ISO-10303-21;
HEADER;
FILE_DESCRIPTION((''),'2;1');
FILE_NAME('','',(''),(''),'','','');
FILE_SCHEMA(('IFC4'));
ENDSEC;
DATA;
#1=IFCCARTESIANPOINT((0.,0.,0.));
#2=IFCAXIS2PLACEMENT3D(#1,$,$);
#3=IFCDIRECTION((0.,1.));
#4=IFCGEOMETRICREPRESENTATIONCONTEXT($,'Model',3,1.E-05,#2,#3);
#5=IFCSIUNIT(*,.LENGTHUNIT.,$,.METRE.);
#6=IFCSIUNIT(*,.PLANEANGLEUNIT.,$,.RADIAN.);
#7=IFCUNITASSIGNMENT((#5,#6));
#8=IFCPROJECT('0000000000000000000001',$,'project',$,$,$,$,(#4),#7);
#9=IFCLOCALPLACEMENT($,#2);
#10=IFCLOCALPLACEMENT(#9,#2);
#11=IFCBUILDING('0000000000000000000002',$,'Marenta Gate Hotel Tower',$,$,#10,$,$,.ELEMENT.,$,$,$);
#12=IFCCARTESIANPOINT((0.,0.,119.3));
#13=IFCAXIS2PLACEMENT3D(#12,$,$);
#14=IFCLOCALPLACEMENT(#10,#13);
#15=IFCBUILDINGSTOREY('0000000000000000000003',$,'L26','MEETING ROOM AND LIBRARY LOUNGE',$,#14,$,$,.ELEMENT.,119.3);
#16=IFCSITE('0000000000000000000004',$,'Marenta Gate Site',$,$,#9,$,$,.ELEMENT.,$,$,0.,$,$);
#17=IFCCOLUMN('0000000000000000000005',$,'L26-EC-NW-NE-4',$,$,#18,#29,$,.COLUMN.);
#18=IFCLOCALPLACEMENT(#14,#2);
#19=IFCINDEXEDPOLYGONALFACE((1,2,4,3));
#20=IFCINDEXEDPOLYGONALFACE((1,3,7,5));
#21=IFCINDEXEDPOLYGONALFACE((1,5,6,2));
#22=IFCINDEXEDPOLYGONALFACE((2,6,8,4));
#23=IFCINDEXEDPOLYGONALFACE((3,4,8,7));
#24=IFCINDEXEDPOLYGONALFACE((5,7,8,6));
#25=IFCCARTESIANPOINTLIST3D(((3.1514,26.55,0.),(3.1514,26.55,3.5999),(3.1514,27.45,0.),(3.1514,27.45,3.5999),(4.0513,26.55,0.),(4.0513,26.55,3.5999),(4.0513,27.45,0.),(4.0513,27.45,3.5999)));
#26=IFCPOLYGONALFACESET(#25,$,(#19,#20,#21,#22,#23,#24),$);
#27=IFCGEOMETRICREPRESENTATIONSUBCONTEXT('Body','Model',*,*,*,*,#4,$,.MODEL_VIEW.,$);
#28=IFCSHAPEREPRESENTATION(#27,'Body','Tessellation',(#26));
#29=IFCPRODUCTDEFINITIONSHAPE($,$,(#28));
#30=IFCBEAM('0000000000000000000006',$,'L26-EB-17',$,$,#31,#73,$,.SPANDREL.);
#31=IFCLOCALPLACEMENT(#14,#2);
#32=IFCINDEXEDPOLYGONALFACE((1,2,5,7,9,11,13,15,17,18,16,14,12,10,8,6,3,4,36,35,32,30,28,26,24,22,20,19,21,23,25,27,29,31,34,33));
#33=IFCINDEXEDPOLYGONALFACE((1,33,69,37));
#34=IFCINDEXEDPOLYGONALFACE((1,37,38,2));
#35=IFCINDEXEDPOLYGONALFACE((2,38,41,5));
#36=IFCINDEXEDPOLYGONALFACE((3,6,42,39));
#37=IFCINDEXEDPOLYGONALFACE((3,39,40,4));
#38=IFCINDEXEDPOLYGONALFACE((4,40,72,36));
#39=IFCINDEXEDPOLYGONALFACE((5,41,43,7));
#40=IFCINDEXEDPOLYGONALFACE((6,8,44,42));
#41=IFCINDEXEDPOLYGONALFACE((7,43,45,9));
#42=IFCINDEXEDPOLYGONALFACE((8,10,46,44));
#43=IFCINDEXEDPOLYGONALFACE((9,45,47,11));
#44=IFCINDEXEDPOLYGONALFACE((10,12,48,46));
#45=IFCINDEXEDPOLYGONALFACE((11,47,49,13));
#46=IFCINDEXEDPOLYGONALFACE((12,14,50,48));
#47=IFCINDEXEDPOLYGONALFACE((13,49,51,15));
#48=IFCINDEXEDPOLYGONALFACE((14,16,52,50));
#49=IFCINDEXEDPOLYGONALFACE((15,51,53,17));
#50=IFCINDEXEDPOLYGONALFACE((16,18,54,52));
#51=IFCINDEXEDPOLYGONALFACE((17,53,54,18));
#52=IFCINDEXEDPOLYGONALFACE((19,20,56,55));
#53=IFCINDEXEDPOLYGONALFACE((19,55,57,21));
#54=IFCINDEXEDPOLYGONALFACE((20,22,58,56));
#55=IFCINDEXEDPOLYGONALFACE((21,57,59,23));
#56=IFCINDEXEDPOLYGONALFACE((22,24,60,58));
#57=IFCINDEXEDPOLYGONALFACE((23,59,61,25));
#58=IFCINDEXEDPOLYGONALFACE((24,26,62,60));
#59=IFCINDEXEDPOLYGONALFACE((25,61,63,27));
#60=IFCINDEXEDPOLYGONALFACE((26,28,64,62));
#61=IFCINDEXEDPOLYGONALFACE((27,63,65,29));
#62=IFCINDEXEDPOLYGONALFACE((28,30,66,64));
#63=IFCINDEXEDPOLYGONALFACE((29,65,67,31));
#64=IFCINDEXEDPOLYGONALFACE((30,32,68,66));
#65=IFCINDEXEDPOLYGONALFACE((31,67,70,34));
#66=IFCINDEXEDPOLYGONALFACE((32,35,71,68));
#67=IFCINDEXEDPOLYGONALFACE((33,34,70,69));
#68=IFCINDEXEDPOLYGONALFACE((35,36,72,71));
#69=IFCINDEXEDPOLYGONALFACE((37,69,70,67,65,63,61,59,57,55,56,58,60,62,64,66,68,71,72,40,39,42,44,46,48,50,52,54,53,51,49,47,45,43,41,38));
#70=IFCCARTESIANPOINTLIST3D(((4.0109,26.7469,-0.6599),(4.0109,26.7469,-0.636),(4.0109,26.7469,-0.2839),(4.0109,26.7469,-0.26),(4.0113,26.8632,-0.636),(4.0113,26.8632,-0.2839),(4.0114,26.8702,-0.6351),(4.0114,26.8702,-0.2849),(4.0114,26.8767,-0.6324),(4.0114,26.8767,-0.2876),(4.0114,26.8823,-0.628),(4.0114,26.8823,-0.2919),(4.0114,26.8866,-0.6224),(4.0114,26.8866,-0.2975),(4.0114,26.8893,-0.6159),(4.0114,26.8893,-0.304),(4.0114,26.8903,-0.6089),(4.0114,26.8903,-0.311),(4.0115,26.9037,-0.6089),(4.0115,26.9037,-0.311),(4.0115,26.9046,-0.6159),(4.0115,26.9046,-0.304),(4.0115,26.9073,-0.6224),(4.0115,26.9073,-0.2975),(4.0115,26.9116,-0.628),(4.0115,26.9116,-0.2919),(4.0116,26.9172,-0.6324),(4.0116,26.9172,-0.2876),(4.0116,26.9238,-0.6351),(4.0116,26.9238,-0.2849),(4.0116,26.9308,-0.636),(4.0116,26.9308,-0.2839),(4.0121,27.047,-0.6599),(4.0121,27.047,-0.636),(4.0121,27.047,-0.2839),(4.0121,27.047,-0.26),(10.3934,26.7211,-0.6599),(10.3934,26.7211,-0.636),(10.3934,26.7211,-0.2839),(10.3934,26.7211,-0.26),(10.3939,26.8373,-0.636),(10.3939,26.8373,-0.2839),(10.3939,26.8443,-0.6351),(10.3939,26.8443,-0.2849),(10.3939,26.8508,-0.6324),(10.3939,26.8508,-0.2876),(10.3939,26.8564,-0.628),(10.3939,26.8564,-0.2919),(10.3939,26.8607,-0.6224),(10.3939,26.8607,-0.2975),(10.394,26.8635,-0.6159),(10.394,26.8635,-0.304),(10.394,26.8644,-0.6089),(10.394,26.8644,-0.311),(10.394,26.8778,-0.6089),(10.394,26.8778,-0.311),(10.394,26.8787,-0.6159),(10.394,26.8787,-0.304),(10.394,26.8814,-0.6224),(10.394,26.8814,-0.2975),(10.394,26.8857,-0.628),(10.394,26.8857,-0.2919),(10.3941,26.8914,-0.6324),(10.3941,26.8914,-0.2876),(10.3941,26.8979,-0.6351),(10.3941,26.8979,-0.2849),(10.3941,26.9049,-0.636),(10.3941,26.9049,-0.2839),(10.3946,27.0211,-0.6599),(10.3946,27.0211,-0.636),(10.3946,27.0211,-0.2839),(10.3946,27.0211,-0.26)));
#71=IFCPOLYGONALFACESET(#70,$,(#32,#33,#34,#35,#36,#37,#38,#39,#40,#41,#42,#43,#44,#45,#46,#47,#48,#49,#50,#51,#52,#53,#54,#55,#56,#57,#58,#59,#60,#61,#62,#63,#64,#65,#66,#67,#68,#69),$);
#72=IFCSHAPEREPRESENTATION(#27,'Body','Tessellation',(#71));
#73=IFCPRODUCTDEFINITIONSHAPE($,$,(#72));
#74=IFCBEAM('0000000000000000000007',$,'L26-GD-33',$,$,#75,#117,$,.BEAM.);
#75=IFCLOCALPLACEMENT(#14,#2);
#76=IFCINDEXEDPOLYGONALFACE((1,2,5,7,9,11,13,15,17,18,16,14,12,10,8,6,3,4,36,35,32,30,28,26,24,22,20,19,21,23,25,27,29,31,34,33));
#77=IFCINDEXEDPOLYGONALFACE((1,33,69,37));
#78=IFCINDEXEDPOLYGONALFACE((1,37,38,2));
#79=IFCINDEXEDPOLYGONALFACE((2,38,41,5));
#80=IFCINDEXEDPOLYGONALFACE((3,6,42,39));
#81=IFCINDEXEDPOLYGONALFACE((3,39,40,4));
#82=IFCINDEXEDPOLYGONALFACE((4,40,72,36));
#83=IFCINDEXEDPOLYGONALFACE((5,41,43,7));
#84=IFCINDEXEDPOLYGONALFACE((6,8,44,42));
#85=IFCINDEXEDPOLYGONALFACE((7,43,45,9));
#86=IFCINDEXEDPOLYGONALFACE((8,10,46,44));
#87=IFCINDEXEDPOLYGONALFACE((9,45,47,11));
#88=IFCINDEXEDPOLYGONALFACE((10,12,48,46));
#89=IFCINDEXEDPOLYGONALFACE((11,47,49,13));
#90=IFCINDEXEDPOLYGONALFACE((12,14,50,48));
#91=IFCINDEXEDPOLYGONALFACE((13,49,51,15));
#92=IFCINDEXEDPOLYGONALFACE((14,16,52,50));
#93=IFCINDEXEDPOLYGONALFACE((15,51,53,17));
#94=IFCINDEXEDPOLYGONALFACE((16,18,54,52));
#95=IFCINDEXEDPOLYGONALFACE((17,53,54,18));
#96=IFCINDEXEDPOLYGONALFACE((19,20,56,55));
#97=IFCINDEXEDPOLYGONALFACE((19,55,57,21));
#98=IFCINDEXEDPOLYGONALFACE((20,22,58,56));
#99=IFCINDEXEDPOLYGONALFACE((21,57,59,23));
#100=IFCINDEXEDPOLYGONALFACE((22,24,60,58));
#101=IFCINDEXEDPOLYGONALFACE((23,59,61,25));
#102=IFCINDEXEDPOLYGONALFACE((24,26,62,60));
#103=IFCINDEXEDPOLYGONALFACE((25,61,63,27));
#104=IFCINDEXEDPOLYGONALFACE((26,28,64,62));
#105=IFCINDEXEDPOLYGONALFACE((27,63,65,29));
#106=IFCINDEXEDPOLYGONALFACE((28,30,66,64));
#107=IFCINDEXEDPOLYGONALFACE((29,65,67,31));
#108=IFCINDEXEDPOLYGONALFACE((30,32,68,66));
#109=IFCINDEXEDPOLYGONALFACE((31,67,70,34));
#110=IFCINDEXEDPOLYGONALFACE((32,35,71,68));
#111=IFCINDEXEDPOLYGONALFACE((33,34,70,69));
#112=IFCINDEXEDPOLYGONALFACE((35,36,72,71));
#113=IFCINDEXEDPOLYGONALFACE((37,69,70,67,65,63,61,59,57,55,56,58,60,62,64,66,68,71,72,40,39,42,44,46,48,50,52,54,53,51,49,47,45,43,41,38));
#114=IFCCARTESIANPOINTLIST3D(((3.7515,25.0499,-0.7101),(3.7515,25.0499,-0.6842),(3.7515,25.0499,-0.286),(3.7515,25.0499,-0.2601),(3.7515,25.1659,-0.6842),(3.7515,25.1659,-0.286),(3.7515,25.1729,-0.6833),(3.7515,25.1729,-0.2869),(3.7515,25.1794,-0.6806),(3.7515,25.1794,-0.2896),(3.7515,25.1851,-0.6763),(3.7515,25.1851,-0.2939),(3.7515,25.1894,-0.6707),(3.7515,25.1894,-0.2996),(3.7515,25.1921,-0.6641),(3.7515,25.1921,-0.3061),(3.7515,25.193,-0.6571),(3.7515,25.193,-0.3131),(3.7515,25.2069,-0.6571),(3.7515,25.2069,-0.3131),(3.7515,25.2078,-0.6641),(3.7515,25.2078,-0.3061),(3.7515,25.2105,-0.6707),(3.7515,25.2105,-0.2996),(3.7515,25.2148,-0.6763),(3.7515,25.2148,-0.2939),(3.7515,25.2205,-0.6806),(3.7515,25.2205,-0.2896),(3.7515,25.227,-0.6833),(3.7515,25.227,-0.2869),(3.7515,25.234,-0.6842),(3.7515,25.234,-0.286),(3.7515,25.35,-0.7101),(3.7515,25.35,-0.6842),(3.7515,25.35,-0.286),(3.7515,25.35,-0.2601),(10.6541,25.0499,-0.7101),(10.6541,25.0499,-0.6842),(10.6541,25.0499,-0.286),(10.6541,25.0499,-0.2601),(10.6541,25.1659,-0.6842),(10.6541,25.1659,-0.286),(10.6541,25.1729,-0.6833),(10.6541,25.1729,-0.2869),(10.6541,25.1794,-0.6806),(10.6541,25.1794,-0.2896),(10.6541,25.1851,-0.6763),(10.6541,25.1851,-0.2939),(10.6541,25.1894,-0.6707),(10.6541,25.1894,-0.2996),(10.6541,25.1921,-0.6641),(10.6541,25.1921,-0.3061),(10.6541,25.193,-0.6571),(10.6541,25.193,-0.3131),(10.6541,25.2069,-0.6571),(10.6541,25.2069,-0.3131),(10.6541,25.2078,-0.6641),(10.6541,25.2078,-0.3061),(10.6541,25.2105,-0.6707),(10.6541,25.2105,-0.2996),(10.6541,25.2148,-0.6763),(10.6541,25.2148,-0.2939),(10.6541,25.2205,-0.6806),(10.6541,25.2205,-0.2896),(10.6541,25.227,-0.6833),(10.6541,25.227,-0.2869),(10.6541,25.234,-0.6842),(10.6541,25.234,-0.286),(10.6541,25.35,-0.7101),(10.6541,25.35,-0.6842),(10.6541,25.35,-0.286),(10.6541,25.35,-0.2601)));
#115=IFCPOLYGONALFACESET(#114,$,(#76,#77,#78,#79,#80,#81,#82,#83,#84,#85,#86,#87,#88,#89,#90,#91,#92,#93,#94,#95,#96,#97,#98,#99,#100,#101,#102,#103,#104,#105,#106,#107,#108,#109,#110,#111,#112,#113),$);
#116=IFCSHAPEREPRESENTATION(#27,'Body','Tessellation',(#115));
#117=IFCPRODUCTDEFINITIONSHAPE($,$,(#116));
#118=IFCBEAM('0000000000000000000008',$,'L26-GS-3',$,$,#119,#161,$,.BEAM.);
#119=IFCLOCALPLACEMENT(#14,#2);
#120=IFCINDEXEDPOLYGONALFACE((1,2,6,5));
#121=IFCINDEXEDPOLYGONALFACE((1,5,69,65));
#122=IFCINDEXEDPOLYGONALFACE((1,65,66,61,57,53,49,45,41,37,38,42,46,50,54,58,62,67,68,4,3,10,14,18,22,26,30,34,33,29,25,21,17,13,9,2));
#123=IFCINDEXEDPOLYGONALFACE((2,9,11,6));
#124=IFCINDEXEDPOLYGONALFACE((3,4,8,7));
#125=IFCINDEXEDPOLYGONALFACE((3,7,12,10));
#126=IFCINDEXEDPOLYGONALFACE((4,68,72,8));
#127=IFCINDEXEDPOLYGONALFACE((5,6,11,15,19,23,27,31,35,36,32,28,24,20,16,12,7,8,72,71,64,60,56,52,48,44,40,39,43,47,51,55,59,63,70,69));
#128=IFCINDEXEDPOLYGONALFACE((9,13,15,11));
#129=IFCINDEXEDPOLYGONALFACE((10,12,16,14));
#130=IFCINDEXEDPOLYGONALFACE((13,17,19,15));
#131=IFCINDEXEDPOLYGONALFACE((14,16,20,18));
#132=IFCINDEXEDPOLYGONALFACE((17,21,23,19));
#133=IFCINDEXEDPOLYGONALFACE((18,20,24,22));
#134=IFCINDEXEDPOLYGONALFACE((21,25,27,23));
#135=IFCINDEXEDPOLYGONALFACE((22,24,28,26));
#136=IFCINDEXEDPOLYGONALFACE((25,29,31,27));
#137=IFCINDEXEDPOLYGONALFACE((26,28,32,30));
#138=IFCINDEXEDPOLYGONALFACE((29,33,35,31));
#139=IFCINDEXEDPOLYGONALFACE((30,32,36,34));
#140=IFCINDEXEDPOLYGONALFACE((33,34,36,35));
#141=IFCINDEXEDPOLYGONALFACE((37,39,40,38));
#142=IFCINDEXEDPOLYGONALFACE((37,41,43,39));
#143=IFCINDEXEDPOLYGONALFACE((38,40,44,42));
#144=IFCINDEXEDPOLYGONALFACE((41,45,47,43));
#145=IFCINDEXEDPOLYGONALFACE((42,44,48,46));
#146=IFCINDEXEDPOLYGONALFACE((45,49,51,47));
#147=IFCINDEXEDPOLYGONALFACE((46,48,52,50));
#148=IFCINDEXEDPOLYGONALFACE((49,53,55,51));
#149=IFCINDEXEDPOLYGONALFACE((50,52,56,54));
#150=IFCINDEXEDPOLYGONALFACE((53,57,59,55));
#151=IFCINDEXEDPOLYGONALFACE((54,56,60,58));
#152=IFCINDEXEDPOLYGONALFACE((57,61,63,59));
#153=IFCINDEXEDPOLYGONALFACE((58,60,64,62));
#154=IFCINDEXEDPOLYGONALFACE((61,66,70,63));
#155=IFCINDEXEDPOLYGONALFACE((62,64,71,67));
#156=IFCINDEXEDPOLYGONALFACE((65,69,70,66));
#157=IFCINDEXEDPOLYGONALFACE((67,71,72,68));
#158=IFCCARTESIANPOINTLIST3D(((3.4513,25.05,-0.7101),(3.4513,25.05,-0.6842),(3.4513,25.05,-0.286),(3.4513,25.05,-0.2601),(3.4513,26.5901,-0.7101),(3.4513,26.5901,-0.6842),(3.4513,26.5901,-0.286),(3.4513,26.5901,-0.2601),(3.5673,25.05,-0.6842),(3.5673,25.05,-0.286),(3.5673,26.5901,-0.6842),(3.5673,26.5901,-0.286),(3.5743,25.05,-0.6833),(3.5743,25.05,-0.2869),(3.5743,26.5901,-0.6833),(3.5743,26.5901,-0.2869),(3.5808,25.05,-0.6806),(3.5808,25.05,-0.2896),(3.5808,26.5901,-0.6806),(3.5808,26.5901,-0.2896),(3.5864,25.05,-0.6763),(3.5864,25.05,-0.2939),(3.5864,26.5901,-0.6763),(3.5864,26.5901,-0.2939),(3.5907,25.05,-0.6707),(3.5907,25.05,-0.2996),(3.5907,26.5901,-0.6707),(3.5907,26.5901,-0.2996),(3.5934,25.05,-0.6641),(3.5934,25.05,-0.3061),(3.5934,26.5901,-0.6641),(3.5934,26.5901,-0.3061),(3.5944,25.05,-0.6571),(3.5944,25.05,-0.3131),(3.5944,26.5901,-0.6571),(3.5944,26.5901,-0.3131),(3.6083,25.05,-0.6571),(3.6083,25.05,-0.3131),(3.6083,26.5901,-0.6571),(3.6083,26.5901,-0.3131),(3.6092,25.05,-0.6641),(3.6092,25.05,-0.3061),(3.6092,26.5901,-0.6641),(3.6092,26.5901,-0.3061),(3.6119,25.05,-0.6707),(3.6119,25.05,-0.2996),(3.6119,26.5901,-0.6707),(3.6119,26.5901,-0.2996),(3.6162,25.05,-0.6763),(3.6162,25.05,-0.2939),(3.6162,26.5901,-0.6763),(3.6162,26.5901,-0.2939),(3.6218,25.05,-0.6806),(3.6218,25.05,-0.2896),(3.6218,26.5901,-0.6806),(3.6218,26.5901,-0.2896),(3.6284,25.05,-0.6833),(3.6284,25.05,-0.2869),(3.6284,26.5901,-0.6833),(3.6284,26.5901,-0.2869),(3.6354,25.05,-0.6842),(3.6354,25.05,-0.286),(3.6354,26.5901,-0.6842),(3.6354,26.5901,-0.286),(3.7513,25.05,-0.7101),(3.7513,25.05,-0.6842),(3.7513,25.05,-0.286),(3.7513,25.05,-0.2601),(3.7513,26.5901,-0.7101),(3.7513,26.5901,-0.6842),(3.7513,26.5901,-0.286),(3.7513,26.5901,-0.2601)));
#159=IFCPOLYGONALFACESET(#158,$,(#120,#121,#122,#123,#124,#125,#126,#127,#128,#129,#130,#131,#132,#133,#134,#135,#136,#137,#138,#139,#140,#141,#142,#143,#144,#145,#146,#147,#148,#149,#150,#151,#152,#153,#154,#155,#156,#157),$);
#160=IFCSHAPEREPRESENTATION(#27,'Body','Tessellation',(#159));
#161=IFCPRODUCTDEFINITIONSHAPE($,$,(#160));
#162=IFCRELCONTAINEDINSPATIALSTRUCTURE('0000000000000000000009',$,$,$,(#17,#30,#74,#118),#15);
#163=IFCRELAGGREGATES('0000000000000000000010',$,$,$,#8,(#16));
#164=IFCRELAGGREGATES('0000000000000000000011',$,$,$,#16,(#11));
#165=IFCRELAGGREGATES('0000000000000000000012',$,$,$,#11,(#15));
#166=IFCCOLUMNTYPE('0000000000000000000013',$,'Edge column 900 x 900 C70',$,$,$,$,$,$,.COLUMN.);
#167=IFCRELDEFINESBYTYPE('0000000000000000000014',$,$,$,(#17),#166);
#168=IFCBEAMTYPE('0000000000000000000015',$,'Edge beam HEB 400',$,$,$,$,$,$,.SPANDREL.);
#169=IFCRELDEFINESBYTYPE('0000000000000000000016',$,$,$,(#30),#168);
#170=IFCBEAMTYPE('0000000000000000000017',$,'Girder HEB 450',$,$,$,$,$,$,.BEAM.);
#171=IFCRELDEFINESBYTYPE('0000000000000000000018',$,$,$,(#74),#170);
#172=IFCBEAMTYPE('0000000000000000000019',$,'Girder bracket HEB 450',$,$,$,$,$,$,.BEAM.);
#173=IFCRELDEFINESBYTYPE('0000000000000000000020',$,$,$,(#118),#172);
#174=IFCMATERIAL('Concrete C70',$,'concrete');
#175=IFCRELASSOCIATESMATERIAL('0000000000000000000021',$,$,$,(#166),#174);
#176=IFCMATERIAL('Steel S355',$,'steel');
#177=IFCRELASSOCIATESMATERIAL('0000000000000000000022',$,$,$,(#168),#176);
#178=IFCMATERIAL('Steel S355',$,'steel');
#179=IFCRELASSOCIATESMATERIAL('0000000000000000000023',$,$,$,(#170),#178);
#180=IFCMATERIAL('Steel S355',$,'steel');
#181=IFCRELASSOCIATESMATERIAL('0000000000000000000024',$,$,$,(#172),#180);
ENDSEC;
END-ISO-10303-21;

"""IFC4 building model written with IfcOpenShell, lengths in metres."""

from ifc_helpers import new_model, si_unit, direction, frame, origin, origin_2d, place, context, subcontext, project, spatial, rectangle, i_section, extrude, material, material_profile, profile_set, type_object, element, save


model = new_model("IFC4")

# Units and contexts
model_context = context("Model", 3, precision=1e-05, world=origin(), true_north=direction((0.0, 1.0)))
body_context = subcontext(model_context, "Body", "Model", "MODEL_VIEW")
ifc_project = project(units=[si_unit("LENGTHUNIT", "METRE"), si_unit("PLANEANGLEUNIT", "RADIAN")], contexts=[model_context])

# Site, building, storey
site_placement = place(None, origin())
site = spatial("IfcSite", under=ifc_project, at=site_placement, Name="Marenta Gate Site", CompositionType="ELEMENT", RefElevation=0.0)
building_placement = place(site_placement, origin())
building = spatial("IfcBuilding", under=site, at=building_placement, Name="Marenta Gate Hotel Tower", CompositionType="ELEMENT")
storey_placement = place(building_placement, frame((0.0, 0.0, 119.3)))
storey = spatial("IfcBuildingStorey", under=building, at=storey_placement, Name="L26", Description="MEETING ROOM AND LIBRARY LOUNGE", CompositionType="ELEMENT", Elevation=119.3)

# Column
ifc_material_1 = material(Name="Concrete C70", Category="concrete")
ifc_material_profile_1 = material_profile(ifc_material_1, rectangle(XDim=0.8999, YDim=0.8999, at=origin_2d()), Name="900 x 900")
ifc_profile_set_1 = profile_set([ifc_material_profile_1], Name="Concrete C70")
column_type = type_object("IfcColumnType", Name="Edge column 900 x 900 C70", PredefinedType="COLUMN", material=ifc_profile_set_1)
column_placement = place(storey_placement, frame((3.6013, 27.0, 0.0), z_axis=(0.0, 0.0, 1.0), x_axis=(1.0, 0.0, 0.0)))
element("IfcColumn", 1, at=column_placement, inside=storey, type_object=column_type, Name="L26-EC-NW-NE-4", PredefinedType="COLUMN", context=body_context, shape_type="SweptSolid", body=[
    extrude(rectangle(XDim=0.8999, YDim=0.8999, at=origin_2d()), origin(), (0.0, 0.0, 1.0), 3.5999),
])

# Beams
ifc_material_2 = material(Name="Steel S355", Category="steel")
ifc_material_profile_2 = material_profile(ifc_material_2, i_section(OverallWidth=0.3, OverallDepth=0.3999, WebThickness=0.0134, FlangeThickness=0.0239, FilletRadius=0.0271, at=origin_2d()), Name="HEB 400")
ifc_profile_set_2 = profile_set([ifc_material_profile_2], Name="Steel S355")
beam_type_1 = type_object("IfcBeamType", Name="Edge beam HEB 400", PredefinedType="SPANDREL", material=ifc_profile_set_2)
beam_1_placement = place(storey_placement, frame((4.0115, 26.897, -0.46), z_axis=(0.999992, -0.004055, 0.0), x_axis=(0.004055, 0.999992, 0.0)))
element("IfcBeam", 2, at=beam_1_placement, inside=storey, type_object=beam_type_1, Name="L26-EB-17", PredefinedType="SPANDREL", context=body_context, shape_type="SweptSolid", body=[
    extrude(i_section(OverallWidth=0.3, OverallDepth=0.3999, WebThickness=0.0134, FlangeThickness=0.0239, FilletRadius=0.0271, at=origin_2d()), origin(), (0.0, 0.0, 1.0), 6.3826),
])
ifc_material_3 = material(Name="Steel S355", Category="steel")
ifc_material_profile_3 = material_profile(ifc_material_3, i_section(OverallWidth=0.3, OverallDepth=0.45, WebThickness=0.0139, FlangeThickness=0.0259, FilletRadius=0.0271, at=origin_2d()), Name="HEB 450")
ifc_profile_set_3 = profile_set([ifc_material_profile_3], Name="Steel S355")
beam_type_2 = type_object("IfcBeamType", Name="Girder HEB 450", PredefinedType="BEAM", material=ifc_profile_set_3)
beam_2_placement = place(storey_placement, frame((3.7515, 25.2, -0.4851), z_axis=(1.0, 0.0, 0.0), x_axis=(0.0, 1.0, 0.0)))
element("IfcBeam", 3, at=beam_2_placement, inside=storey, type_object=beam_type_2, Name="L26-GD-33", PredefinedType="BEAM", context=body_context, shape_type="SweptSolid", body=[
    extrude(i_section(OverallWidth=0.3, OverallDepth=0.45, WebThickness=0.0139, FlangeThickness=0.0259, FilletRadius=0.0271, at=origin_2d()), origin(), (0.0, 0.0, 1.0), 6.9026),
])
ifc_material_4 = material(Name="Steel S355", Category="steel")
ifc_material_profile_4 = material_profile(ifc_material_4, i_section(OverallWidth=0.3, OverallDepth=0.45, WebThickness=0.0139, FlangeThickness=0.0259, FilletRadius=0.0271, at=origin_2d()), Name="HEB 450")
ifc_profile_set_4 = profile_set([ifc_material_profile_4], Name="Steel S355")
beam_type_3 = type_object("IfcBeamType", Name="Girder bracket HEB 450", PredefinedType="BEAM", material=ifc_profile_set_4)
beam_3_placement = place(storey_placement, frame((3.6013, 25.05, -0.4851), z_axis=(0.0, 1.0, 0.0), x_axis=(-1.0, 0.0, 0.0)))
element("IfcBeam", 4, at=beam_3_placement, inside=storey, type_object=beam_type_3, Name="L26-GS-3", PredefinedType="BEAM", context=body_context, shape_type="SweptSolid", body=[
    extrude(i_section(OverallWidth=0.3, OverallDepth=0.45, WebThickness=0.0139, FlangeThickness=0.0259, FilletRadius=0.0271, at=origin_2d()), origin(), (0.0, 0.0, 1.0), 1.54),
])

save(model, "model.ifc")
